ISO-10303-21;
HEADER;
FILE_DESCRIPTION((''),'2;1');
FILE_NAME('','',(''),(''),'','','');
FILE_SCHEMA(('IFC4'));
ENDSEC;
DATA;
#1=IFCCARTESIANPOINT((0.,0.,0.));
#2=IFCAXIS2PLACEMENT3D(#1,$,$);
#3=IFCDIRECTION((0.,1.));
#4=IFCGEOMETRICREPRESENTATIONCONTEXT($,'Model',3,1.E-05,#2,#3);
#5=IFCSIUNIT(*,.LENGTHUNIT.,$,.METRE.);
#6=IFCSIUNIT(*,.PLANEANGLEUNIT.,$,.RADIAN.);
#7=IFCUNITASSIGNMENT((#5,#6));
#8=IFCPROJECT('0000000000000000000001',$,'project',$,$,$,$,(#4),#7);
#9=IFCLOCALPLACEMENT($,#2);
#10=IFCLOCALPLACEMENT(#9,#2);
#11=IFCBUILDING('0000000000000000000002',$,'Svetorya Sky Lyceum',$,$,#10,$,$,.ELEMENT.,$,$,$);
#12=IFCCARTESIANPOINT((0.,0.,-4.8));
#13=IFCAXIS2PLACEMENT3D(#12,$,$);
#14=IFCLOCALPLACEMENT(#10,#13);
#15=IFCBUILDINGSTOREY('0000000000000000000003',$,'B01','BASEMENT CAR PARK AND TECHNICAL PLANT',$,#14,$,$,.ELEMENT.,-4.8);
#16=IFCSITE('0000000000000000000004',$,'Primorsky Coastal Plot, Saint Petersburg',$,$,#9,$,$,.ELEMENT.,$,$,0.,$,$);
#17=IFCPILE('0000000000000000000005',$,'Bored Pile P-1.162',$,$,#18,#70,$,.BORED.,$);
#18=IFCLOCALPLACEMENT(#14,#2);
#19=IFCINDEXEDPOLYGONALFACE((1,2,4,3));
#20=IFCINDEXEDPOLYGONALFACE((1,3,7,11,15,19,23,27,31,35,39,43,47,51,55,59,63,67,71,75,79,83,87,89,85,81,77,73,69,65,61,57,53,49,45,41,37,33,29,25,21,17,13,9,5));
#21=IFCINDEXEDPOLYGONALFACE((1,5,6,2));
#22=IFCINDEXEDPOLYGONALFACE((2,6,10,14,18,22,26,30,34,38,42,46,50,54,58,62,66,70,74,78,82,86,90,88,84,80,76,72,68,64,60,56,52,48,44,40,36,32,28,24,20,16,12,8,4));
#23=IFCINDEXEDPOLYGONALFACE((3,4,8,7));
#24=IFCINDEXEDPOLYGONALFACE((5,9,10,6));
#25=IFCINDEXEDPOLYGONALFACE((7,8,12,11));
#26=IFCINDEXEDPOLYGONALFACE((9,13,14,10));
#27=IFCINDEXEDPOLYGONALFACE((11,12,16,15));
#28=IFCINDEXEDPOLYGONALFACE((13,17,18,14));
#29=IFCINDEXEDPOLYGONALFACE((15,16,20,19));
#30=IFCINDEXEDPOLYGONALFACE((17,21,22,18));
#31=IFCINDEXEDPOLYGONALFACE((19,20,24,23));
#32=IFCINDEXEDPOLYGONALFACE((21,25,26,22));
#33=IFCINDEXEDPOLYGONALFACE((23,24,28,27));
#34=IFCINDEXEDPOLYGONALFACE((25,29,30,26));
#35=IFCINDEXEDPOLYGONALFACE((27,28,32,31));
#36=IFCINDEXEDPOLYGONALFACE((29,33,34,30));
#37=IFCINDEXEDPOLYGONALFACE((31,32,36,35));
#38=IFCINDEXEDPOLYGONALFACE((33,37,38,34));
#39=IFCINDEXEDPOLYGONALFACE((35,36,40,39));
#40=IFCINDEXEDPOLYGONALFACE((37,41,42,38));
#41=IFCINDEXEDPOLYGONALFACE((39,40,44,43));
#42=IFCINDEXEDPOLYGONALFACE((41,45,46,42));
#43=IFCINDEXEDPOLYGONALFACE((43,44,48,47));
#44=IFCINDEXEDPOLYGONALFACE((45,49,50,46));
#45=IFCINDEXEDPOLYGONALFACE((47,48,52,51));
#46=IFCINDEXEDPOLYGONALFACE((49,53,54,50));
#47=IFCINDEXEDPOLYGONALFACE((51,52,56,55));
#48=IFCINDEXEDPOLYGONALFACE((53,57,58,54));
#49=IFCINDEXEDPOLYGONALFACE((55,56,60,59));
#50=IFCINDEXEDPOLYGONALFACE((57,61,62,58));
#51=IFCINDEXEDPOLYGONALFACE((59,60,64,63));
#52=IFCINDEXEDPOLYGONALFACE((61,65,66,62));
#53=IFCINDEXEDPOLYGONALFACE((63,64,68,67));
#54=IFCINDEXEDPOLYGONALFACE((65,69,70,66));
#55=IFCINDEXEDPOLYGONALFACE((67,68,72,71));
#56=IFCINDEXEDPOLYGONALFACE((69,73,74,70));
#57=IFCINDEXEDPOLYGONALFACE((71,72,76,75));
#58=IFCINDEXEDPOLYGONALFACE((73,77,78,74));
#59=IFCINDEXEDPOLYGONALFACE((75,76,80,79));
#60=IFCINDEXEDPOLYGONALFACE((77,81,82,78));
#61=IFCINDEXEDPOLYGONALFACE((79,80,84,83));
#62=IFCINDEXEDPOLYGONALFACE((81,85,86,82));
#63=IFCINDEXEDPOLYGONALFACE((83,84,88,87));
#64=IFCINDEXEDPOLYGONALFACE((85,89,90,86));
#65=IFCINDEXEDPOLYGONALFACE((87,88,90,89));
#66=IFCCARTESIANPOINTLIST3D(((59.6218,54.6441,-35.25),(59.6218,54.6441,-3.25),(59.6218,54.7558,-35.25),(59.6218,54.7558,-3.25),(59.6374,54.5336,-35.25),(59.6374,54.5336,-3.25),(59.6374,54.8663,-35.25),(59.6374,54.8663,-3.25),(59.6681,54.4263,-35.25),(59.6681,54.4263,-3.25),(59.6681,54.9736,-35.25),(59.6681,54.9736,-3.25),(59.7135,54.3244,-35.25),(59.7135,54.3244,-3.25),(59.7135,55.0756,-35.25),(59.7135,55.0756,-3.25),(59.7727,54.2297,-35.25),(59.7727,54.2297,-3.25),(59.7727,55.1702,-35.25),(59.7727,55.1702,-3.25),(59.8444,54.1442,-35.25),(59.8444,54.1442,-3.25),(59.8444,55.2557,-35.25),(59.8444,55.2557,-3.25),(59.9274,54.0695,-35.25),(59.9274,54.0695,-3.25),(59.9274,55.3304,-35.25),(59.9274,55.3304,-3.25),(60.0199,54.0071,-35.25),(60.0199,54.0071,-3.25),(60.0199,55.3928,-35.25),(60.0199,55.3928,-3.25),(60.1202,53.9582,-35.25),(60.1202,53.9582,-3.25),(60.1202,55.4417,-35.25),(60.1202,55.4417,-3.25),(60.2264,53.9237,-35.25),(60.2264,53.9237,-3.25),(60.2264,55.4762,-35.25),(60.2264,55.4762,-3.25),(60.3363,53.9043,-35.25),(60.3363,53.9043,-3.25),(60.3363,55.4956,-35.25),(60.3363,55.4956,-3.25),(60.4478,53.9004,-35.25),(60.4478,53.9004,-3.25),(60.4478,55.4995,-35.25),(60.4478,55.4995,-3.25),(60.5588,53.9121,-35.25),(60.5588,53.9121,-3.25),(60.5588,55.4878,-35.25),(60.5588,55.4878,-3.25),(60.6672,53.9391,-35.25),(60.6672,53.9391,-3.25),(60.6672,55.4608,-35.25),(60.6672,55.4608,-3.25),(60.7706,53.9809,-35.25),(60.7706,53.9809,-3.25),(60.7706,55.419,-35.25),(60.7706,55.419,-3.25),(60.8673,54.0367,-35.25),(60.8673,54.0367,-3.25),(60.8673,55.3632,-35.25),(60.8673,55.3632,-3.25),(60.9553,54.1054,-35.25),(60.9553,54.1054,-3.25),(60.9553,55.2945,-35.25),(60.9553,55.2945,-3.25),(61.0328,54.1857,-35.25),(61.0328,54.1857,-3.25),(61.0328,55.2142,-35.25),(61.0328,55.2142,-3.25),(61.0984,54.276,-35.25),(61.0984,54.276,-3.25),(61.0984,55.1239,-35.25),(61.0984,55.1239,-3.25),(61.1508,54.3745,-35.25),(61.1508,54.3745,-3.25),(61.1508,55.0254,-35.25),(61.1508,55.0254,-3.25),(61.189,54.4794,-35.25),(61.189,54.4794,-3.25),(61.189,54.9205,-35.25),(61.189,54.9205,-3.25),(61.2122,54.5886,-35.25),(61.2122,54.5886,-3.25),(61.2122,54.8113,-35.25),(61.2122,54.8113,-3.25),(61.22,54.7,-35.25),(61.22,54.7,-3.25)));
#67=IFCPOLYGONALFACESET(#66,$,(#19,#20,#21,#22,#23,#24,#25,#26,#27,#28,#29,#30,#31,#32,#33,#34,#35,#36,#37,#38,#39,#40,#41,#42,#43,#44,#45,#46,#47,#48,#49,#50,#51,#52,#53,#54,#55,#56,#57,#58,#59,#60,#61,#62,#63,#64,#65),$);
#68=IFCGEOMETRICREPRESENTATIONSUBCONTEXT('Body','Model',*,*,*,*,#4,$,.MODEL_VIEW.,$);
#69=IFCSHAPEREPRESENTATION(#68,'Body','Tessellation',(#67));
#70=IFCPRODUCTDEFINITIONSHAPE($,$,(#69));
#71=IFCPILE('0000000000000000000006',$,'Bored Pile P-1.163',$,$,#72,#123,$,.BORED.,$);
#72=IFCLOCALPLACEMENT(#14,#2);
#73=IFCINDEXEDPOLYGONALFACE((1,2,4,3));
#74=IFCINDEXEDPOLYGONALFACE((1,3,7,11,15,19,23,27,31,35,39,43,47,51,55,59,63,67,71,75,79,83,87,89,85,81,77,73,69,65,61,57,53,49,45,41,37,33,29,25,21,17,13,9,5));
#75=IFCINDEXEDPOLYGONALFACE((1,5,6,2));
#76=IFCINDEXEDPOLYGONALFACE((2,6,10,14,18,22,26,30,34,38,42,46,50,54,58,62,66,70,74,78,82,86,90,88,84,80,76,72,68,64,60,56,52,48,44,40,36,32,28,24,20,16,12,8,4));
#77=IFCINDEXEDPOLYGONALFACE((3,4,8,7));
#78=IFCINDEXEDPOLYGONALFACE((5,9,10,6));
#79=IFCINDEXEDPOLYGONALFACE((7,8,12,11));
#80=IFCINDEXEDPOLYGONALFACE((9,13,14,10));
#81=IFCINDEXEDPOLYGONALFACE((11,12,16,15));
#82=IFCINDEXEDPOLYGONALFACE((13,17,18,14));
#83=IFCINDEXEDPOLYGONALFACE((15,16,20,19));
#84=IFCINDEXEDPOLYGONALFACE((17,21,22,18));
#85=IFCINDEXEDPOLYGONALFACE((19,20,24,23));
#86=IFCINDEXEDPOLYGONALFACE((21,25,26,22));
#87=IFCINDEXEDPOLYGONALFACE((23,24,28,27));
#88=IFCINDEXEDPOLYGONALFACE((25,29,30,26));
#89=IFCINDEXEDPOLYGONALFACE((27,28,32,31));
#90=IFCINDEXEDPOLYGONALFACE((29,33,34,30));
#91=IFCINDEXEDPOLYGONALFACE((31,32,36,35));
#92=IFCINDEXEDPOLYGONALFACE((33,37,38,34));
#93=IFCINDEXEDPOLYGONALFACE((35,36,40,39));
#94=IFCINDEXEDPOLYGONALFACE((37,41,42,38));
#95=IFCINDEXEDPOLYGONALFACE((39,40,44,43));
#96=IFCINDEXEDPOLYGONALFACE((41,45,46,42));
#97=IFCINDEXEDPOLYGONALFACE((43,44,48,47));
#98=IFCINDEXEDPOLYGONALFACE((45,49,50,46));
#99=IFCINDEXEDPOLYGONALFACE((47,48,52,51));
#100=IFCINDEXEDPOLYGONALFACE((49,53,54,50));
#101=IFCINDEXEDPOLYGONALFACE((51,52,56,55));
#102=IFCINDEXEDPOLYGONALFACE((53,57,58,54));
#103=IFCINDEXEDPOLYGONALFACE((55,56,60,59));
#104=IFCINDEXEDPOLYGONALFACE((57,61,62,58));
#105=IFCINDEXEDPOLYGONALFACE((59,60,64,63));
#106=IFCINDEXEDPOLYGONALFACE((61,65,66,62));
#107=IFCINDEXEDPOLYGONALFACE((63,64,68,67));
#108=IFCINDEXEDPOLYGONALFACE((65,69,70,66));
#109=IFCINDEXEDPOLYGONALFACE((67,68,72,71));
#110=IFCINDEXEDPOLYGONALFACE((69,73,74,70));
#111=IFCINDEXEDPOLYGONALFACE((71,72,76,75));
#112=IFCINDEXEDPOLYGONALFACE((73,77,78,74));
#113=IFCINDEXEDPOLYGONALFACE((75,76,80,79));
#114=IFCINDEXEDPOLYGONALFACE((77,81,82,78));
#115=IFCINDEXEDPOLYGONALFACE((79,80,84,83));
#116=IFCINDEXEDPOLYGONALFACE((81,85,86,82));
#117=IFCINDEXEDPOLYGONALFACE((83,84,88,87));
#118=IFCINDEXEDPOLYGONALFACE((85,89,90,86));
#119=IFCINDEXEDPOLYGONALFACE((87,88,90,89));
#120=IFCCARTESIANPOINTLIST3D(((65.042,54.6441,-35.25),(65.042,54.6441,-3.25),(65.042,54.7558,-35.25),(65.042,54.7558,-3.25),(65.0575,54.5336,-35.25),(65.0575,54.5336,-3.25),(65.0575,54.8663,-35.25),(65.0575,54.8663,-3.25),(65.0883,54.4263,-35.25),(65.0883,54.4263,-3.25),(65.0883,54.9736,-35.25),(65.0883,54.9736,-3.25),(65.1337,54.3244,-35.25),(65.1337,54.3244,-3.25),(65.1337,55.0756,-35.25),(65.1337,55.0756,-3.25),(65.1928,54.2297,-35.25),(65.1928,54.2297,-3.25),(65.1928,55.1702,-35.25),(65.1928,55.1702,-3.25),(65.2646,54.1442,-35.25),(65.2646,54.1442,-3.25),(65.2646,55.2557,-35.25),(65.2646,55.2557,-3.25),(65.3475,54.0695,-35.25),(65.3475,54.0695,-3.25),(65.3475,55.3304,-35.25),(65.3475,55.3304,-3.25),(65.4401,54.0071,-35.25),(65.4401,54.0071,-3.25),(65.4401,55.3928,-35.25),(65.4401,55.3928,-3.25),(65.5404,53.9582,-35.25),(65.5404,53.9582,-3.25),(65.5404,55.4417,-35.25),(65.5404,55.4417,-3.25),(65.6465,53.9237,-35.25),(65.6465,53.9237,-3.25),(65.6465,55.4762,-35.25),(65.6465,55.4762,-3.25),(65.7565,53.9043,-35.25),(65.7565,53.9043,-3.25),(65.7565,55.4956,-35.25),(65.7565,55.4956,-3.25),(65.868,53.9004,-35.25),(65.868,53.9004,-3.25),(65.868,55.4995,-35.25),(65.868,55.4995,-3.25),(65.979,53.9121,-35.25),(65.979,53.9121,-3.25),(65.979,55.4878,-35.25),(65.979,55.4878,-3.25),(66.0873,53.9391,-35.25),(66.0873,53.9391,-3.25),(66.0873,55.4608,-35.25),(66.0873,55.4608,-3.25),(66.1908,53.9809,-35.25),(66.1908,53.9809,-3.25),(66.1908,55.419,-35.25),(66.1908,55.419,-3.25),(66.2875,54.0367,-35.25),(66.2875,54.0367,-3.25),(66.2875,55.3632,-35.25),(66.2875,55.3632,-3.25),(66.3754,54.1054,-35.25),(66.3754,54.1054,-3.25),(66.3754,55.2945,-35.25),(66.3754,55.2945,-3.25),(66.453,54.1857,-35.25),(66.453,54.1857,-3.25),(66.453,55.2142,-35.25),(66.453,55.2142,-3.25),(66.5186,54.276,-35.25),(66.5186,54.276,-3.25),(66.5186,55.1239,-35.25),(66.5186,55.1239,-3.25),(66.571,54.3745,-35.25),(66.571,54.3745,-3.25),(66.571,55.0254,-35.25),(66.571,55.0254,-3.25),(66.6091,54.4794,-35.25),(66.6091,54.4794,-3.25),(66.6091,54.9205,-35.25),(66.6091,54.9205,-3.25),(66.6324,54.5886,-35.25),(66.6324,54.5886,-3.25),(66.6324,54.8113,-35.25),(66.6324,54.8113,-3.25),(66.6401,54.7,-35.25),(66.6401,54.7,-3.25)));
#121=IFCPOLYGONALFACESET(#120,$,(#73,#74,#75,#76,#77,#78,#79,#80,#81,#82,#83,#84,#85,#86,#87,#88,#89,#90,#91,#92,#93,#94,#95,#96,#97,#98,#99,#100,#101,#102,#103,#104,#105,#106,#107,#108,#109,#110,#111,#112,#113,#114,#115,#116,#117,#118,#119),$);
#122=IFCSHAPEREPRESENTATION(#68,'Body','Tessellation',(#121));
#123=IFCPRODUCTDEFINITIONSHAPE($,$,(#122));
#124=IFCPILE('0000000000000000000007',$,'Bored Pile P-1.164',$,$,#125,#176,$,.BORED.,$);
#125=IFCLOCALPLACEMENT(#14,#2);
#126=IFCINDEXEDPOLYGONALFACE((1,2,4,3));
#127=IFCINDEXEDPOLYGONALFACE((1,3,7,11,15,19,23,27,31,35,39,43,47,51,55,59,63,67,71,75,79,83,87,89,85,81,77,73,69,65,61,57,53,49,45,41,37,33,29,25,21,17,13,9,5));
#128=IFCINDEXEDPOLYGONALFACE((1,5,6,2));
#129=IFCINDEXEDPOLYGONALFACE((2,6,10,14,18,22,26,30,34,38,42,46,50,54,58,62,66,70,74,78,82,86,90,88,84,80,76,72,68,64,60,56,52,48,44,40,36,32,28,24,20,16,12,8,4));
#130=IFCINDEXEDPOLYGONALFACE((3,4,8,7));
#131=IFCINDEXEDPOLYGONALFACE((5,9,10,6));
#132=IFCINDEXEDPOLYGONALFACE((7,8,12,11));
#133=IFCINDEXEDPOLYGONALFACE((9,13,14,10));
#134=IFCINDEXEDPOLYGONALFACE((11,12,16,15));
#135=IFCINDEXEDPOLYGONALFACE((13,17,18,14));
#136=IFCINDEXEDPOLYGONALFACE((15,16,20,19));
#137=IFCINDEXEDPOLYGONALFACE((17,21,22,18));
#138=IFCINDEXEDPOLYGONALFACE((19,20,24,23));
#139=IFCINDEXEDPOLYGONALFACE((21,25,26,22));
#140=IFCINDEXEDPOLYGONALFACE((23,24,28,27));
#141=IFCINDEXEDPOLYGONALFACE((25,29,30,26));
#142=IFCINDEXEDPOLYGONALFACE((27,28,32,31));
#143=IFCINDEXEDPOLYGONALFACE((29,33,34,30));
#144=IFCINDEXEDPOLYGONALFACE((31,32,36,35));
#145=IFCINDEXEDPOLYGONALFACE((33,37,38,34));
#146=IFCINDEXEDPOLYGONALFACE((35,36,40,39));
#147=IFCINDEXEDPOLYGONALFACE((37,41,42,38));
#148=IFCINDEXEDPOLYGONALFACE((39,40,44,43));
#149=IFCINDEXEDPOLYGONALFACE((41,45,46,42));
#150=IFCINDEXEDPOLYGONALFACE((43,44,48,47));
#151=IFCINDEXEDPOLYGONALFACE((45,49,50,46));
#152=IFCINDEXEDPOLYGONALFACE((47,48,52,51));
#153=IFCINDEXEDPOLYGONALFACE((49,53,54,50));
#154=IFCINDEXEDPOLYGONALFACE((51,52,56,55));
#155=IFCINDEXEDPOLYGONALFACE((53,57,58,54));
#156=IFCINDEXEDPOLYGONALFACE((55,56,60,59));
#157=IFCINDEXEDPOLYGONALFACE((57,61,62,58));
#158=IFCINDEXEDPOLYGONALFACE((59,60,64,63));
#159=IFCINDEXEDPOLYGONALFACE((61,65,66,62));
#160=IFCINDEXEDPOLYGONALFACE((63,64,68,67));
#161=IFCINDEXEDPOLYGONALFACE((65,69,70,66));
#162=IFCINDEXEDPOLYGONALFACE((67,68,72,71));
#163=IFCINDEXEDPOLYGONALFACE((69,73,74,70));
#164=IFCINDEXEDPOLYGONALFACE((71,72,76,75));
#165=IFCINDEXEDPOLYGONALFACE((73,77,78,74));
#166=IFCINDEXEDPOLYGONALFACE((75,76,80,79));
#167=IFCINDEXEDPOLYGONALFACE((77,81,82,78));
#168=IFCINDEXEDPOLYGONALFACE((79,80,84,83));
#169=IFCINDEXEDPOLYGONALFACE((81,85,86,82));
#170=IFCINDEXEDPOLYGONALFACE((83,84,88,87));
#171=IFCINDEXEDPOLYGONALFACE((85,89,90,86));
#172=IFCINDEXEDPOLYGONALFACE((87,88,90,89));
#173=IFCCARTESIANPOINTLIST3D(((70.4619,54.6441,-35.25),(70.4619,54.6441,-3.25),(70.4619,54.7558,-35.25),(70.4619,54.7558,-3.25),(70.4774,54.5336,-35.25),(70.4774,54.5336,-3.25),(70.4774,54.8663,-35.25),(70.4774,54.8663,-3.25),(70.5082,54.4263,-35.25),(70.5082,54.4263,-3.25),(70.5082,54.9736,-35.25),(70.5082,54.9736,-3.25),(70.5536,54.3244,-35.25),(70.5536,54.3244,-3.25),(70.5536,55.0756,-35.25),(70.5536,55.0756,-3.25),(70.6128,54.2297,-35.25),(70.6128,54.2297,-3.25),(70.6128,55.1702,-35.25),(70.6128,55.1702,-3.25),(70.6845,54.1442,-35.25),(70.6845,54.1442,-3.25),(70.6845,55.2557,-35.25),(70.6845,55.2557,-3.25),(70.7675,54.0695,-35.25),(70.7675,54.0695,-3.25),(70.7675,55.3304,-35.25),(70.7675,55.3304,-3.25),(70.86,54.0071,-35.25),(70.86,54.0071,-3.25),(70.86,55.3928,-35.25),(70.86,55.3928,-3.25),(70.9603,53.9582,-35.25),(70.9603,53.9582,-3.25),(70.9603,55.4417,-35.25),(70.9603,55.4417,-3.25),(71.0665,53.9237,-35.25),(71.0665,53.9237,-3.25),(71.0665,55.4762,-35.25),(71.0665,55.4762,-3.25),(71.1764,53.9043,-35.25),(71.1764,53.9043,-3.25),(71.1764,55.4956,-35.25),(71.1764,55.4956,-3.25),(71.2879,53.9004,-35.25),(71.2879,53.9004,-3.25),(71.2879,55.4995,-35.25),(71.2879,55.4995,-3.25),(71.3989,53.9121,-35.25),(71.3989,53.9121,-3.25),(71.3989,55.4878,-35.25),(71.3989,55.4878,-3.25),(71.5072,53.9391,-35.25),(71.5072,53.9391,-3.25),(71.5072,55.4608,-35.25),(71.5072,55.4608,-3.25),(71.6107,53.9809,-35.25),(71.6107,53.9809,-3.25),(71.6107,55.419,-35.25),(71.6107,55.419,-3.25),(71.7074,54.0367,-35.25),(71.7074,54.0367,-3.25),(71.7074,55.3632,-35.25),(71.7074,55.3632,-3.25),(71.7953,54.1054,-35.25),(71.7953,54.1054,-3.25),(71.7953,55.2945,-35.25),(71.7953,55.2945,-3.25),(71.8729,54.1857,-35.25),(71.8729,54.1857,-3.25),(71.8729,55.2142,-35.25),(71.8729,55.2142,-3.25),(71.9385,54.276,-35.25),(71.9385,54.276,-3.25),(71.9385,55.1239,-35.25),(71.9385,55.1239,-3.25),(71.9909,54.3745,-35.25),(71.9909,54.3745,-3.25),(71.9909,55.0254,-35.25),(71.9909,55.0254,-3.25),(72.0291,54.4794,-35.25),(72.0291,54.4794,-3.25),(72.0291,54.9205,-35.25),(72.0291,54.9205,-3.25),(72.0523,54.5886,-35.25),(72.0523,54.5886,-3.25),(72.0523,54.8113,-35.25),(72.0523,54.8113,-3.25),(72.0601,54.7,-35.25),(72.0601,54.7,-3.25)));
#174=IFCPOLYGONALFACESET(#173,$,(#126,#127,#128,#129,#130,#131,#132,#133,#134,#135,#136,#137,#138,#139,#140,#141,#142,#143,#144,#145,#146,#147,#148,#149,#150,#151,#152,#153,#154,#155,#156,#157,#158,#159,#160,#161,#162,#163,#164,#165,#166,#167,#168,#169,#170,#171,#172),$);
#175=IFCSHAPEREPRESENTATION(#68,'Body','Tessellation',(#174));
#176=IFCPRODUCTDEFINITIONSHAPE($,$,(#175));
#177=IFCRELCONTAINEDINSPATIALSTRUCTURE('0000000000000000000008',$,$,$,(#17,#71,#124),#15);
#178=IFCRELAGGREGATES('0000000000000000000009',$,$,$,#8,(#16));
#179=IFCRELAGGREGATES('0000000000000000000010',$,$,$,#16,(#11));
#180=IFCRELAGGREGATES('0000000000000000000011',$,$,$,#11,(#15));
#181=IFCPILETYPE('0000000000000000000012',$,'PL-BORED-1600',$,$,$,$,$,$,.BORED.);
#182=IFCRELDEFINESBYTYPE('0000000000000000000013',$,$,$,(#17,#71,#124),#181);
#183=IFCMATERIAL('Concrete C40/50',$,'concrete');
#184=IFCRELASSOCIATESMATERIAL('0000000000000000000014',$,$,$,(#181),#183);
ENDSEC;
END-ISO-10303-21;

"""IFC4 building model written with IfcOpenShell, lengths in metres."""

from ifc_helpers import new_model, si_unit, direction, frame, origin, origin_2d, place, context, subcontext, project, spatial, circle, extrude, material, material_profile, profile_set, type_object, element, save


model = new_model("IFC4")

# Units and contexts
model_context = context("Model", 3, precision=1e-05, world=origin(), true_north=direction((0.0, 1.0)))
body_context = subcontext(model_context, "Body", "Model", "MODEL_VIEW")
ifc_project = project(units=[si_unit("LENGTHUNIT", "METRE"), si_unit("PLANEANGLEUNIT", "RADIAN")], contexts=[model_context])

# Site, building, storey
site_placement = place(None, origin())
site = spatial("IfcSite", under=ifc_project, at=site_placement, Name="Primorsky Coastal Plot, Saint Petersburg", CompositionType="ELEMENT", RefElevation=0.0)
building_placement = place(site_placement, origin())
building = spatial("IfcBuilding", under=site, at=building_placement, Name="Svetorya Sky Lyceum", CompositionType="ELEMENT")
storey_placement = place(building_placement, frame((0.0, 0.0, -4.8)))
storey = spatial("IfcBuildingStorey", under=building, at=storey_placement, Name="B01", Description="BASEMENT CAR PARK AND TECHNICAL PLANT", CompositionType="ELEMENT", Elevation=-4.8)

# Piles
ifc_material_1 = material(Name="Concrete C40/50", Category="concrete")
ifc_material_profile_1 = material_profile(ifc_material_1, circle(Radius=0.8, at=origin_2d()), Name="RC PILE D1600")
ifc_profile_set_1 = profile_set([ifc_material_profile_1], Name="Concrete C40/50")
pile_type = type_object("IfcPileType", Name="PL-BORED-1600", PredefinedType="BORED", material=ifc_profile_set_1)
for number, where, z_axis, x_axis, name in (
    (1, (60.4199, 54.7, -3.25), (0.0, 0.0, -1.0), (1.0, 0.0, 0.0), "Bored Pile P-1.162"),
    (2, (65.8401, 54.7, -3.25), (0.0, 0.0, -1.0), (1.0, 0.0, 0.0), "Bored Pile P-1.163"),
    (3, (71.26, 54.7, -3.25), (0.0, 0.0, -1.0), (1.0, 0.0, 0.0), "Bored Pile P-1.164"),
):
    element("IfcPile", number, at=place(storey_placement, frame(where, z_axis=z_axis, x_axis=x_axis)), inside=storey, type_object=pile_type, Name=name, PredefinedType="BORED", context=body_context, shape_type="SweptSolid", body=[
        extrude(circle(Radius=0.8, at=origin_2d()), origin(), (0.0, 0.0, 1.0), 32.0),
    ])

save(model, "model.ifc")
